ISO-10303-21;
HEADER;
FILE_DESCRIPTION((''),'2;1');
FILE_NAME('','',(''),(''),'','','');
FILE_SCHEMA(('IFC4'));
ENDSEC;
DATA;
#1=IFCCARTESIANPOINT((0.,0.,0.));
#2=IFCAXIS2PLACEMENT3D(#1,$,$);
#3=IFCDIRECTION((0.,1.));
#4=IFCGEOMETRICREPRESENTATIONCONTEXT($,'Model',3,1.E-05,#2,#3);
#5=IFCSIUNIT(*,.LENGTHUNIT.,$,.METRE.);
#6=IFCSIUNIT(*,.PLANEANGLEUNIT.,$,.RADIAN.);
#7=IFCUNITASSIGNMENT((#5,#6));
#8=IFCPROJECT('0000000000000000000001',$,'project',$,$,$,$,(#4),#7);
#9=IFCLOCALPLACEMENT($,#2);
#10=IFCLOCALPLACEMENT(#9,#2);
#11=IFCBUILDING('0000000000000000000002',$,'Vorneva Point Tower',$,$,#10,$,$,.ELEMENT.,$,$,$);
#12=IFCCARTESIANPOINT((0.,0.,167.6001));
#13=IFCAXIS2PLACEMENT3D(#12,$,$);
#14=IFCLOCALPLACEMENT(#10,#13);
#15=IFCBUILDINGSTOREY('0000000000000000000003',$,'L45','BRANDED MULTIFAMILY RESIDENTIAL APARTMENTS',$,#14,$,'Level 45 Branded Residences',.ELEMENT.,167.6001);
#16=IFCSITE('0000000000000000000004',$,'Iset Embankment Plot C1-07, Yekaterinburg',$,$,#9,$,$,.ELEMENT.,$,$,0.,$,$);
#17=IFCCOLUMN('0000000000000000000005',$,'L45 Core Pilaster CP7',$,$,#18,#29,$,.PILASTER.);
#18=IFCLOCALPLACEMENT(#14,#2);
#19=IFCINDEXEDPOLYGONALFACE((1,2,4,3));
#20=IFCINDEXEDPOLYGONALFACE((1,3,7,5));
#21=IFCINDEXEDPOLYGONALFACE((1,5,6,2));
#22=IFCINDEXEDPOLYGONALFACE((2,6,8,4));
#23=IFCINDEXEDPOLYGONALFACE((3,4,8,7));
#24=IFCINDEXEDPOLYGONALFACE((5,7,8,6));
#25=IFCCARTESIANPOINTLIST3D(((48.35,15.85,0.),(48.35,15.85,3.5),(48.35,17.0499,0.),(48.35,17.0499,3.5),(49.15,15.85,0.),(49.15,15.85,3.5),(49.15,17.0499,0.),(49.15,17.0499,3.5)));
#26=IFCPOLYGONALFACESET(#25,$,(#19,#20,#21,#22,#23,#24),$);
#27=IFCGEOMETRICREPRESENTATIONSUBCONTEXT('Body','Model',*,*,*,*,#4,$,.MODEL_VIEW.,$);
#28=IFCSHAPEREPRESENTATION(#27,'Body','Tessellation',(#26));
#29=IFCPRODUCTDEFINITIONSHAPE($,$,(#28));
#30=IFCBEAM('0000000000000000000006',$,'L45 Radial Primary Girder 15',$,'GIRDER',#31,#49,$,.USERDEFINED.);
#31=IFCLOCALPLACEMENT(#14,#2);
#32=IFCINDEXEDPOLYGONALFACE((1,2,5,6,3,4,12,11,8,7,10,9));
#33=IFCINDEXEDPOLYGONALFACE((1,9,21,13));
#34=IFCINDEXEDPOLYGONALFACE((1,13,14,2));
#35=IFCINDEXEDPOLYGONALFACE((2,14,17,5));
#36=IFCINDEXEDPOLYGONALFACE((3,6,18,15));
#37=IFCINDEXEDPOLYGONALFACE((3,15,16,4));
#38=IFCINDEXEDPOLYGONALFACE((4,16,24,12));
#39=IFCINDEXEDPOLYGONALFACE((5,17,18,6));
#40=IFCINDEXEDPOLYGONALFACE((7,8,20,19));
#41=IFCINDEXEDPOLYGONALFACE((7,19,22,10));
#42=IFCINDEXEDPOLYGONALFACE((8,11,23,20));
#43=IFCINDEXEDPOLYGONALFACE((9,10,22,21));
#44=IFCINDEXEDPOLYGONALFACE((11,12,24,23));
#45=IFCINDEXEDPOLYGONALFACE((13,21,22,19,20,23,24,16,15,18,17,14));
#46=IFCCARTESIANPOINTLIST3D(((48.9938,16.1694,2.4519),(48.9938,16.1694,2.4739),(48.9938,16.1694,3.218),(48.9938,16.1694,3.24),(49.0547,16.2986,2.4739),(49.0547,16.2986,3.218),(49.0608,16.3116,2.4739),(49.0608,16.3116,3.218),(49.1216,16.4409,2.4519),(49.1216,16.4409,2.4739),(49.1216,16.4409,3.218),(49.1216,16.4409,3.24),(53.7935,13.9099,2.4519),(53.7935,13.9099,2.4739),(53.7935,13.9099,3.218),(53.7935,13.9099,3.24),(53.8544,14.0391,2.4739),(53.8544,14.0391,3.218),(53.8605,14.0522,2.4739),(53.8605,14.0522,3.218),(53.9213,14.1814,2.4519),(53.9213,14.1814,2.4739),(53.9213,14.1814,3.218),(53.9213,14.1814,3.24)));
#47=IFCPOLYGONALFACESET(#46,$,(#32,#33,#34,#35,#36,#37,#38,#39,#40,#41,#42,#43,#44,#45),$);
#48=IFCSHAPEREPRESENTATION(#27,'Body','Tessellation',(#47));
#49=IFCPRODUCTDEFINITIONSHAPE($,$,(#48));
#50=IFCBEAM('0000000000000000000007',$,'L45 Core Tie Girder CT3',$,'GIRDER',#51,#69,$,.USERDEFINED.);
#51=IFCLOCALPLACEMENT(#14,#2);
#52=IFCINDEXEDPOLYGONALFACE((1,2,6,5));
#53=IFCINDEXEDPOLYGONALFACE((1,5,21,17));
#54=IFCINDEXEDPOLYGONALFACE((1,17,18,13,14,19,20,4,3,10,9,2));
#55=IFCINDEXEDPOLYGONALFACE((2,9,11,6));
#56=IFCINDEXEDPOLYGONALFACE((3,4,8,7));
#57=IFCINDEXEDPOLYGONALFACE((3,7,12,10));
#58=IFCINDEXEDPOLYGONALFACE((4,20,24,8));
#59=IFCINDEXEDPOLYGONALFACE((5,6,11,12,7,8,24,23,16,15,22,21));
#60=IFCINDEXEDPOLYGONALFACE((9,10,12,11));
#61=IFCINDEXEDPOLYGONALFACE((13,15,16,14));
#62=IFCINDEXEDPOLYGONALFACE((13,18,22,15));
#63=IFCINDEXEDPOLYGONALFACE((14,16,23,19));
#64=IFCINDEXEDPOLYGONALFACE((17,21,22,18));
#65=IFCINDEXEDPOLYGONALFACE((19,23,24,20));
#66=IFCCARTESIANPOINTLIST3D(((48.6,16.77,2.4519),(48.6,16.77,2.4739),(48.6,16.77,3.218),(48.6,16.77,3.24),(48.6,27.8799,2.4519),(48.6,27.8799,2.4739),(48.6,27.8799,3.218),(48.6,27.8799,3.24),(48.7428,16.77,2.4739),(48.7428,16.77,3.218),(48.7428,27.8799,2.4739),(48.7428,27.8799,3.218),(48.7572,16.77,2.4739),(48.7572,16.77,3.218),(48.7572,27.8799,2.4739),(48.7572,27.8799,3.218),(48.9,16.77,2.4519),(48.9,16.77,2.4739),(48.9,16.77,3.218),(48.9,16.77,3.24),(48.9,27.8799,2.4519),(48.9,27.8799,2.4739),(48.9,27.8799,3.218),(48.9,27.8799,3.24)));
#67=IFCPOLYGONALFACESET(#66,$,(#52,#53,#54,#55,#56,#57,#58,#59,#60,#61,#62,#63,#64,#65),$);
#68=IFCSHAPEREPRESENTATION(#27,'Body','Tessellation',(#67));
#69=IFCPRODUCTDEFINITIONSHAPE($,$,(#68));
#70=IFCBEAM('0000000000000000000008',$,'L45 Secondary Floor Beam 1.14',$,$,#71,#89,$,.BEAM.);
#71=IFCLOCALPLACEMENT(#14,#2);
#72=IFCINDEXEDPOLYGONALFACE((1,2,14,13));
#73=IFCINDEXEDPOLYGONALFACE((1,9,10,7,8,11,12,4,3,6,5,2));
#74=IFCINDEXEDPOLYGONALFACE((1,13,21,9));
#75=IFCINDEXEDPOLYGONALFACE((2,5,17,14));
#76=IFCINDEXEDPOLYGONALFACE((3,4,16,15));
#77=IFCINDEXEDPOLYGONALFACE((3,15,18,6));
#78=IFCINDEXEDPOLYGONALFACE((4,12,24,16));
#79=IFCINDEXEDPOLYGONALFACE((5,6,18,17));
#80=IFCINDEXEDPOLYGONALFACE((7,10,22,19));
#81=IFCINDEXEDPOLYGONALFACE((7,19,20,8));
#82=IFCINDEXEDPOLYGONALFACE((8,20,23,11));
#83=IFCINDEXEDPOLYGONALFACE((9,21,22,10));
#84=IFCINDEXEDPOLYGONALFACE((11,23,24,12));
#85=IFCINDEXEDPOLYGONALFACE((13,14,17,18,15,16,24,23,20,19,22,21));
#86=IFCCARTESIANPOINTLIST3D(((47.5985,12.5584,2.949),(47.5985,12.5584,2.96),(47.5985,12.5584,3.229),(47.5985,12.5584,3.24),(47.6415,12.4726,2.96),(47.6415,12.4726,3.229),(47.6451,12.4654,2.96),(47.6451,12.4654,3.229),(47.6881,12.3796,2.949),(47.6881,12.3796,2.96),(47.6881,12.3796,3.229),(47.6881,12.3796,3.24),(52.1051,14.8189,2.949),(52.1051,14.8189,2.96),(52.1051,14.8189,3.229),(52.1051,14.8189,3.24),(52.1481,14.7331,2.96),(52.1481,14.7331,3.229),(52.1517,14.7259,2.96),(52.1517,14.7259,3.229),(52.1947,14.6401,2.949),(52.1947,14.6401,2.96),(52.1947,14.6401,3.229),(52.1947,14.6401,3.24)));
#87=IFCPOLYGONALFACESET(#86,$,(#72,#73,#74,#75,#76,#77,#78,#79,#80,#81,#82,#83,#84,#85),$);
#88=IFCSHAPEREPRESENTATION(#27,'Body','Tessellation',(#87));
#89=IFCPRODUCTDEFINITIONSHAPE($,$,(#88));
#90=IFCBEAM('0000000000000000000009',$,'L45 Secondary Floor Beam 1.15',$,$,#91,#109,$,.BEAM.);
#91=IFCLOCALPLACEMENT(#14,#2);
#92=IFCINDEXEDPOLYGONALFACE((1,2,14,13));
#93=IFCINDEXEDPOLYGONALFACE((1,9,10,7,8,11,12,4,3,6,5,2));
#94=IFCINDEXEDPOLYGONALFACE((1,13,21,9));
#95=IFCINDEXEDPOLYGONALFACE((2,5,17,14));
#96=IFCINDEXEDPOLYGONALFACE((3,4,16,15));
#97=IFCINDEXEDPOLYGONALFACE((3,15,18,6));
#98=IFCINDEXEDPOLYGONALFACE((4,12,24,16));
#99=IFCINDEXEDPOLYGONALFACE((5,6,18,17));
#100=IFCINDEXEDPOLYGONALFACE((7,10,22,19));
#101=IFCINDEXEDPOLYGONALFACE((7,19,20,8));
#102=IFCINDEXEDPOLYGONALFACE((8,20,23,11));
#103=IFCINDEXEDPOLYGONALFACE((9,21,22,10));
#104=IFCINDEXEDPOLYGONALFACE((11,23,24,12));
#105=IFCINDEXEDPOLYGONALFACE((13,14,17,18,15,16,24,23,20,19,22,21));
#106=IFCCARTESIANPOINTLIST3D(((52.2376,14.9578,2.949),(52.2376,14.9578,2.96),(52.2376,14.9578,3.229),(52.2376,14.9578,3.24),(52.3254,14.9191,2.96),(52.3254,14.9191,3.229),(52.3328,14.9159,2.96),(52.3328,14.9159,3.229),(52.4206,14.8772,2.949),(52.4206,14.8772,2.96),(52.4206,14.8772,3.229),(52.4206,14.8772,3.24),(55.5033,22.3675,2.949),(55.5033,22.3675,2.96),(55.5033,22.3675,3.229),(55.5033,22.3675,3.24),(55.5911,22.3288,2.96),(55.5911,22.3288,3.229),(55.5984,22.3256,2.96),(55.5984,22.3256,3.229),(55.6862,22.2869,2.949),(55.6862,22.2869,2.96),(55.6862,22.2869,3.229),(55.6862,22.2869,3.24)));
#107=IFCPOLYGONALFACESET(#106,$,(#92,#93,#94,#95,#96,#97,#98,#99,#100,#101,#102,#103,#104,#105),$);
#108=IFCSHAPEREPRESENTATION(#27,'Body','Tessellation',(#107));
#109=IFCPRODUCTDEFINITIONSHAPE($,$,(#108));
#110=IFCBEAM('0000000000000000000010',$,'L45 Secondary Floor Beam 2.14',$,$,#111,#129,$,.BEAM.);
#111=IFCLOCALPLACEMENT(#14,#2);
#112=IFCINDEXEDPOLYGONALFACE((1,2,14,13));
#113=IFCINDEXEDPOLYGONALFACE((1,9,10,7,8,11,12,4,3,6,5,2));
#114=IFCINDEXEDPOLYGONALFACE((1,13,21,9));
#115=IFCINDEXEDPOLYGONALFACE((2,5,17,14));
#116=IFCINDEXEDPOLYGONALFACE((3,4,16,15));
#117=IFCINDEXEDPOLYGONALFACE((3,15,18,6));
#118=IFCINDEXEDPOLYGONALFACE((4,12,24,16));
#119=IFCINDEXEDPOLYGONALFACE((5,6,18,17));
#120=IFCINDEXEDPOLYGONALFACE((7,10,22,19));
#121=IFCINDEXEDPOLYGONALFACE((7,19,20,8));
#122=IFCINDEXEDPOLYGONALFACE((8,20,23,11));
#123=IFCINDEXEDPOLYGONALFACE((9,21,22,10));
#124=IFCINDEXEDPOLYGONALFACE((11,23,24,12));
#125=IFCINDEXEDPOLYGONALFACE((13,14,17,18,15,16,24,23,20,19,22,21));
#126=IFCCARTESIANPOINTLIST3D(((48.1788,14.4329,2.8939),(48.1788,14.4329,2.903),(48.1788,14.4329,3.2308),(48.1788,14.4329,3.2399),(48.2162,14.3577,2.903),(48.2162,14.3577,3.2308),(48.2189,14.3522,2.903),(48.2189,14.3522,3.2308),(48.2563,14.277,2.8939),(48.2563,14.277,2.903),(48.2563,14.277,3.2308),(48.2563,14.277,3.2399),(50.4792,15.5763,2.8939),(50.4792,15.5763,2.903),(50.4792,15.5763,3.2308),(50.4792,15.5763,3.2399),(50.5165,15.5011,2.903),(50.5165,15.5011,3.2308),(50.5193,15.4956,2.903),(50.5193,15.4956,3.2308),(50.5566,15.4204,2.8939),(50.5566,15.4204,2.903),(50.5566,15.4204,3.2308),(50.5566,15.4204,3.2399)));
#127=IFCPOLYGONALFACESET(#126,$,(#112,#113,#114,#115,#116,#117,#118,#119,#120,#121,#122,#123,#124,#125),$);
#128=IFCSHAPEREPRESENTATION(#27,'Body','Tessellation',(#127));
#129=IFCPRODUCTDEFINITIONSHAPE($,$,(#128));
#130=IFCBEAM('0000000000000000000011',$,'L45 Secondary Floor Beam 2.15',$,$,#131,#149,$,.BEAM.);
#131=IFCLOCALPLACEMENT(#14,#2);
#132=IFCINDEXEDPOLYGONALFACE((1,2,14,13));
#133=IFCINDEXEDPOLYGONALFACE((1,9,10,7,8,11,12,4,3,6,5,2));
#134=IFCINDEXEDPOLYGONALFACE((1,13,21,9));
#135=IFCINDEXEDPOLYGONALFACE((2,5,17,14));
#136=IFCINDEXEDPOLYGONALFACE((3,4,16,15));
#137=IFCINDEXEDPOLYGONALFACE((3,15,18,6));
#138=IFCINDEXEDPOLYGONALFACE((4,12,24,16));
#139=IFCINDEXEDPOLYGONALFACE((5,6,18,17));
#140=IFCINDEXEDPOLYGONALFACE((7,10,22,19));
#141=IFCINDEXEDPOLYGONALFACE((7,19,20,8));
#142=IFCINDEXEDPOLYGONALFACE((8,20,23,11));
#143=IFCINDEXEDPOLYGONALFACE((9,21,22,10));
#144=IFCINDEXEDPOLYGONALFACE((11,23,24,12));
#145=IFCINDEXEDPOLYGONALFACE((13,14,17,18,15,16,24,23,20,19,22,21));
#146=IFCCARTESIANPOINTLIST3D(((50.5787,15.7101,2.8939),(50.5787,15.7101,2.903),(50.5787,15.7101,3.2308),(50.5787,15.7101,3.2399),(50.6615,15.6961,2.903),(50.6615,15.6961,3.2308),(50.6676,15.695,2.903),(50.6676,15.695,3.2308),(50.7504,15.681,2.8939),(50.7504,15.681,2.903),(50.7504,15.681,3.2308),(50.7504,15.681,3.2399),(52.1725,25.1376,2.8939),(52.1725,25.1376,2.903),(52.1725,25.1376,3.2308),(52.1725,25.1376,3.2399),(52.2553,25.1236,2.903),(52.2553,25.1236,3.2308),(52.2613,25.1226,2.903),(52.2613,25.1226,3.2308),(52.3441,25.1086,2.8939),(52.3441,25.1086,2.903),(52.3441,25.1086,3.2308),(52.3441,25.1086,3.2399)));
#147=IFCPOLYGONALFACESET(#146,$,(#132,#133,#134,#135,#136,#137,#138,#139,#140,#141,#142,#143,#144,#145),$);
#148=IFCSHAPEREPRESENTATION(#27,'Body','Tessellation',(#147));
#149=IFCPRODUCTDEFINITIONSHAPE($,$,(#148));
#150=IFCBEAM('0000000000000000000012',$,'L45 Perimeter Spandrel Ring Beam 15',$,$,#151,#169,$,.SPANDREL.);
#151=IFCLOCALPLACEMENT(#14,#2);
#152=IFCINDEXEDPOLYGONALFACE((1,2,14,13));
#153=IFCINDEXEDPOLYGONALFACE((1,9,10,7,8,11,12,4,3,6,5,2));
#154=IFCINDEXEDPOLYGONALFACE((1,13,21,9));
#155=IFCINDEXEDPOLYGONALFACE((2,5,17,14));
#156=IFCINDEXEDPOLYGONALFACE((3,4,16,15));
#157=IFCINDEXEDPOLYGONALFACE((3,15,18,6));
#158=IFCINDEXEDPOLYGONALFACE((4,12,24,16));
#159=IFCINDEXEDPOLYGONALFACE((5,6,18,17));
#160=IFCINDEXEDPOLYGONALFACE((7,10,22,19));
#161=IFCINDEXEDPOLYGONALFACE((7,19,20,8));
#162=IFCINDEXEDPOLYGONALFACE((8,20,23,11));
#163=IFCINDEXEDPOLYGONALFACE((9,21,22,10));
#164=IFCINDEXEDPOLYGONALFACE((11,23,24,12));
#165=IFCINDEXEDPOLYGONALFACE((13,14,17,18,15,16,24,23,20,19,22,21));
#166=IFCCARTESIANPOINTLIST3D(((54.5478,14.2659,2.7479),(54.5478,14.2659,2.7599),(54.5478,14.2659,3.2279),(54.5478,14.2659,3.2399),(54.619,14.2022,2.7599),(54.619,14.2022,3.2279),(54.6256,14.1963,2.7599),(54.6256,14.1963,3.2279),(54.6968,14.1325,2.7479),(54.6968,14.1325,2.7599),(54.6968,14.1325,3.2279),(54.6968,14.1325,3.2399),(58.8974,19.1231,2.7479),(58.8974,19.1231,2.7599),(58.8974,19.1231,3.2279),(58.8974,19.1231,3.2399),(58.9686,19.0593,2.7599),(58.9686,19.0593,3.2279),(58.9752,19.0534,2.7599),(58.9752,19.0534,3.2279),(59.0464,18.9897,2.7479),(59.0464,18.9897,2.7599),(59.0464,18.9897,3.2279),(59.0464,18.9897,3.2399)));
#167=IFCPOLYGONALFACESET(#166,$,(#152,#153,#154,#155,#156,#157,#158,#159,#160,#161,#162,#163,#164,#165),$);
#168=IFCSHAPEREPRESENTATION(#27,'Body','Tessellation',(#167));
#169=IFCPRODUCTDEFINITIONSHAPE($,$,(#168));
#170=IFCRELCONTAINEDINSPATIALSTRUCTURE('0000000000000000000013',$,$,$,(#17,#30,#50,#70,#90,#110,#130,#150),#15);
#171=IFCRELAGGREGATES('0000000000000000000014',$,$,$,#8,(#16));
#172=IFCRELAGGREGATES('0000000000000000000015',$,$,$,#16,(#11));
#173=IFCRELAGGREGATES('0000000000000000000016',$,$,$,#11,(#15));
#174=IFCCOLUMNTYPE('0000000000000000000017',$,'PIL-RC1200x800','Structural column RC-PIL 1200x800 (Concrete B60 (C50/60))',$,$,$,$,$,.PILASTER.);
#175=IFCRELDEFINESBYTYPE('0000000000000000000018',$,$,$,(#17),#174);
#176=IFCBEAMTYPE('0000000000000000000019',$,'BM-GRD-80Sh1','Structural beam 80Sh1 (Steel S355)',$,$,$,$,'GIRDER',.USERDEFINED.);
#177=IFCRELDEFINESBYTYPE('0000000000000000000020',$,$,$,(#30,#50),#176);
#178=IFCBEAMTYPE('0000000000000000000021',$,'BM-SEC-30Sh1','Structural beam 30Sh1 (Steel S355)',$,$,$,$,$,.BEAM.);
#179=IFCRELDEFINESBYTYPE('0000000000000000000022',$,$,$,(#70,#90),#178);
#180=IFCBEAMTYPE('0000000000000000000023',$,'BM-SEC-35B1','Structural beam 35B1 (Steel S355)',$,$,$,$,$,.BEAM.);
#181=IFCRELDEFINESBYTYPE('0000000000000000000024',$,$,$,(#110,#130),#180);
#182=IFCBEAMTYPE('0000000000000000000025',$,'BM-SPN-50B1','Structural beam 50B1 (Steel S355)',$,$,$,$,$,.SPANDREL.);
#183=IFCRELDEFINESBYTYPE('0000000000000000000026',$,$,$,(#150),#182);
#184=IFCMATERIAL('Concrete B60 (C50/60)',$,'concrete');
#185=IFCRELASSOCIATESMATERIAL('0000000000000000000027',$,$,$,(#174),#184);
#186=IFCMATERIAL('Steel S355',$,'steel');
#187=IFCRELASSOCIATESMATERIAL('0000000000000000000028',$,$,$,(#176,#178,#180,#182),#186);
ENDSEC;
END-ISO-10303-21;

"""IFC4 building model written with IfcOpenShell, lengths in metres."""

from ifc_helpers import new_model, si_unit, direction, frame, origin, origin_2d, place, context, subcontext, project, spatial, rectangle, i_section, extrude, material, material_profile, profile_set, type_object, element, save


model = new_model("IFC4")

# Units and contexts
model_context = context("Model", 3, precision=1e-05, world=origin(), true_north=direction((0.0, 1.0)))
body_context = subcontext(model_context, "Body", "Model", "MODEL_VIEW")
ifc_project = project(units=[si_unit("LENGTHUNIT", "METRE"), si_unit("PLANEANGLEUNIT", "RADIAN")], contexts=[model_context])

# Site, building, storey
site_placement = place(None, origin())
site = spatial("IfcSite", under=ifc_project, at=site_placement, Name="Iset Embankment Plot C1-07, Yekaterinburg", CompositionType="ELEMENT", RefElevation=0.0)
building_placement = place(site_placement, origin())
building = spatial("IfcBuilding", under=site, at=building_placement, Name="Vorneva Point Tower", CompositionType="ELEMENT")
storey_placement = place(building_placement, frame((0.0, 0.0, 167.6001)))
storey = spatial("IfcBuildingStorey", under=building, at=storey_placement, Name="L45", Description="BRANDED MULTIFAMILY RESIDENTIAL APARTMENTS", LongName="Level 45 Branded Residences", CompositionType="ELEMENT", Elevation=167.6001)

# Column
ifc_material_1 = material(Name="Concrete B60 (C50/60)", Category="concrete")
ifc_material_profile_1 = material_profile(ifc_material_1, rectangle(XDim=0.8, YDim=1.2, at=origin_2d()), Name="RC-PIL 1200x800")
ifc_profile_set_1 = profile_set([ifc_material_profile_1], Name="Concrete B60 (C50/60)")
column_type_1 = type_object("IfcColumnType", Name="PIL-RC1200x800", Description="Structural column RC-PIL 1200x800 (Concrete B60 (C50/60))", PredefinedType="PILASTER", material=ifc_profile_set_1)
column_1_placement = place(storey_placement, frame((48.75, 16.45, 0.0), z_axis=(0.0, 0.0, 1.0), x_axis=(1.0, 0.0, 0.0)))
element("IfcColumn", 1, at=column_1_placement, inside=storey, type_object=column_type_1, Name="L45 Core Pilaster CP7", PredefinedType="PILASTER", context=body_context, shape_type="SweptSolid", body=[
    extrude(rectangle(XDim=0.8, YDim=1.2, at=origin_2d()), origin(), (0.0, 0.0, 1.0), 3.5),
])

# Beams
ifc_material_2 = material(Name="Steel S355", Category="steel")
ifc_material_profile_2 = material_profile(ifc_material_2, i_section(OverallWidth=0.3, OverallDepth=0.7881, WebThickness=0.0144, FlangeThickness=0.022, at=origin_2d()), Name="80Sh1")
ifc_profile_set_2 = profile_set([ifc_material_profile_2], Name="Steel S355")
beam_type_1 = type_object("IfcBeamType", Name="BM-GRD-80Sh1", Description="Structural beam 80Sh1 (Steel S355)", ElementType="GIRDER", PredefinedType="USERDEFINED", material=ifc_profile_set_2)
beam_1_placement = place(storey_placement, frame((53.8574, 14.0457, 2.8459), z_axis=(-0.904761, 0.425919, 0.0), x_axis=(-0.425919, -0.904761, 0.0)))
element("IfcBeam", 2, at=beam_1_placement, inside=storey, type_object=beam_type_1, Name="L45 Radial Primary Girder 15", ObjectType="GIRDER", PredefinedType="USERDEFINED", context=body_context, shape_type="SweptSolid", body=[
    extrude(i_section(OverallWidth=0.3, OverallDepth=0.7881, WebThickness=0.0144, FlangeThickness=0.022, at=origin_2d()), origin(), (0.0, 0.0, 1.0), 5.3049),
])
beam_2_placement = place(storey_placement, frame((48.75, 16.77, 2.8459), z_axis=(0.0, 1.0, 0.0), x_axis=(-1.0, 0.0, 0.0)))
element("IfcBeam", 3, at=beam_2_placement, inside=storey, type_object=beam_type_1, Name="L45 Core Tie Girder CT3", ObjectType="GIRDER", PredefinedType="USERDEFINED", context=body_context, shape_type="SweptSolid", body=[
    extrude(i_section(OverallWidth=0.3, OverallDepth=0.7881, WebThickness=0.0144, FlangeThickness=0.022, at=origin_2d()), origin(), (0.0, 0.0, 1.0), 11.1099),
])
ifc_material_profile_3 = material_profile(ifc_material_2, i_section(OverallWidth=0.2, OverallDepth=0.291, WebThickness=0.0081, FlangeThickness=0.011, at=origin_2d()), Name="30Sh1")
ifc_profile_set_3 = profile_set([ifc_material_profile_3], Name="Steel S355")
beam_type_2 = type_object("IfcBeamType", Name="BM-SEC-30Sh1", Description="Structural beam 30Sh1 (Steel S355)", PredefinedType="BEAM", material=ifc_profile_set_3)
beam_3_placement = place(storey_placement, frame((47.6433, 12.469, 3.0945), z_axis=(0.893855, 0.448356, 0.0), x_axis=(-0.448356, 0.893855, 0.0)))
element("IfcBeam", 4, at=beam_3_placement, inside=storey, type_object=beam_type_2, Name="L45 Secondary Floor Beam 1.14", PredefinedType="BEAM", context=body_context, shape_type="SweptSolid", body=[
    extrude(i_section(OverallWidth=0.2, OverallDepth=0.291, WebThickness=0.0081, FlangeThickness=0.011, at=origin_2d()), origin(), (0.0, 0.0, 1.0), 5.0417),
])
beam_4_placement = place(storey_placement, frame((52.3291, 14.9175, 3.0945), z_axis=(0.403294, 0.91507, 0.0), x_axis=(-0.91507, 0.403294, 0.0)))
element("IfcBeam", 5, at=beam_4_placement, inside=storey, type_object=beam_type_2, Name="L45 Secondary Floor Beam 1.15", PredefinedType="BEAM", context=body_context, shape_type="SweptSolid", body=[
    extrude(i_section(OverallWidth=0.2, OverallDepth=0.291, WebThickness=0.0081, FlangeThickness=0.011, at=origin_2d()), origin(), (0.0, 0.0, 1.0), 8.0974),
])
ifc_material_profile_4 = material_profile(ifc_material_2, i_section(OverallWidth=0.1741, OverallDepth=0.3459, WebThickness=0.0061, FlangeThickness=0.009, at=origin_2d()), Name="35B1")
ifc_profile_set_4 = profile_set([ifc_material_profile_4], Name="Steel S355")
beam_type_3 = type_object("IfcBeamType", Name="BM-SEC-35B1", Description="Structural beam 35B1 (Steel S355)", PredefinedType="BEAM", material=ifc_profile_set_4)
beam_5_placement = place(storey_placement, frame((48.2175, 14.355, 3.0669), z_axis=(0.895489, 0.445083, 0.0), x_axis=(-0.445083, 0.895489, 0.0)))
element("IfcBeam", 6, at=beam_5_placement, inside=storey, type_object=beam_type_3, Name="L45 Secondary Floor Beam 2.14", PredefinedType="BEAM", context=body_context, shape_type="SweptSolid", body=[
    extrude(i_section(OverallWidth=0.1741, OverallDepth=0.3459, WebThickness=0.0061, FlangeThickness=0.009, at=origin_2d()), origin(), (0.0, 0.0, 1.0), 2.5688),
])
beam_6_placement = place(storey_placement, frame((50.6646, 15.6956, 3.0669), z_axis=(0.166688, 0.98601, 0.0), x_axis=(-0.98601, 0.166688, 0.0)))
element("IfcBeam", 7, at=beam_6_placement, inside=storey, type_object=beam_type_3, Name="L45 Secondary Floor Beam 2.15", PredefinedType="BEAM", context=body_context, shape_type="SweptSolid", body=[
    extrude(i_section(OverallWidth=0.1741, OverallDepth=0.3459, WebThickness=0.0061, FlangeThickness=0.009, at=origin_2d()), origin(), (0.0, 0.0, 1.0), 9.5613),
])
ifc_material_profile_5 = material_profile(ifc_material_2, i_section(OverallWidth=0.2, OverallDepth=0.4919, WebThickness=0.0088, FlangeThickness=0.012, at=origin_2d()), Name="50B1")
ifc_profile_set_5 = profile_set([ifc_material_profile_5], Name="Steel S355")
beam_type_4 = type_object("IfcBeamType", Name="BM-SPN-50B1", Description="Structural beam 50B1 (Steel S355)", PredefinedType="SPANDREL", material=ifc_profile_set_5)
beam_7_placement = place(storey_placement, frame((54.6223, 14.1992, 2.9939), z_axis=(0.667111, 0.744958, 0.0), x_axis=(-0.744958, 0.667111, 0.0)))
element("IfcBeam", 8, at=beam_7_placement, inside=storey, type_object=beam_type_4, Name="L45 Perimeter Spandrel Ring Beam 15", PredefinedType="SPANDREL", context=body_context, shape_type="SweptSolid", body=[
    extrude(i_section(OverallWidth=0.2, OverallDepth=0.4919, WebThickness=0.0088, FlangeThickness=0.012, at=origin_2d()), origin(), (0.0, 0.0, 1.0), 6.52),
])

save(model, "model.ifc")
